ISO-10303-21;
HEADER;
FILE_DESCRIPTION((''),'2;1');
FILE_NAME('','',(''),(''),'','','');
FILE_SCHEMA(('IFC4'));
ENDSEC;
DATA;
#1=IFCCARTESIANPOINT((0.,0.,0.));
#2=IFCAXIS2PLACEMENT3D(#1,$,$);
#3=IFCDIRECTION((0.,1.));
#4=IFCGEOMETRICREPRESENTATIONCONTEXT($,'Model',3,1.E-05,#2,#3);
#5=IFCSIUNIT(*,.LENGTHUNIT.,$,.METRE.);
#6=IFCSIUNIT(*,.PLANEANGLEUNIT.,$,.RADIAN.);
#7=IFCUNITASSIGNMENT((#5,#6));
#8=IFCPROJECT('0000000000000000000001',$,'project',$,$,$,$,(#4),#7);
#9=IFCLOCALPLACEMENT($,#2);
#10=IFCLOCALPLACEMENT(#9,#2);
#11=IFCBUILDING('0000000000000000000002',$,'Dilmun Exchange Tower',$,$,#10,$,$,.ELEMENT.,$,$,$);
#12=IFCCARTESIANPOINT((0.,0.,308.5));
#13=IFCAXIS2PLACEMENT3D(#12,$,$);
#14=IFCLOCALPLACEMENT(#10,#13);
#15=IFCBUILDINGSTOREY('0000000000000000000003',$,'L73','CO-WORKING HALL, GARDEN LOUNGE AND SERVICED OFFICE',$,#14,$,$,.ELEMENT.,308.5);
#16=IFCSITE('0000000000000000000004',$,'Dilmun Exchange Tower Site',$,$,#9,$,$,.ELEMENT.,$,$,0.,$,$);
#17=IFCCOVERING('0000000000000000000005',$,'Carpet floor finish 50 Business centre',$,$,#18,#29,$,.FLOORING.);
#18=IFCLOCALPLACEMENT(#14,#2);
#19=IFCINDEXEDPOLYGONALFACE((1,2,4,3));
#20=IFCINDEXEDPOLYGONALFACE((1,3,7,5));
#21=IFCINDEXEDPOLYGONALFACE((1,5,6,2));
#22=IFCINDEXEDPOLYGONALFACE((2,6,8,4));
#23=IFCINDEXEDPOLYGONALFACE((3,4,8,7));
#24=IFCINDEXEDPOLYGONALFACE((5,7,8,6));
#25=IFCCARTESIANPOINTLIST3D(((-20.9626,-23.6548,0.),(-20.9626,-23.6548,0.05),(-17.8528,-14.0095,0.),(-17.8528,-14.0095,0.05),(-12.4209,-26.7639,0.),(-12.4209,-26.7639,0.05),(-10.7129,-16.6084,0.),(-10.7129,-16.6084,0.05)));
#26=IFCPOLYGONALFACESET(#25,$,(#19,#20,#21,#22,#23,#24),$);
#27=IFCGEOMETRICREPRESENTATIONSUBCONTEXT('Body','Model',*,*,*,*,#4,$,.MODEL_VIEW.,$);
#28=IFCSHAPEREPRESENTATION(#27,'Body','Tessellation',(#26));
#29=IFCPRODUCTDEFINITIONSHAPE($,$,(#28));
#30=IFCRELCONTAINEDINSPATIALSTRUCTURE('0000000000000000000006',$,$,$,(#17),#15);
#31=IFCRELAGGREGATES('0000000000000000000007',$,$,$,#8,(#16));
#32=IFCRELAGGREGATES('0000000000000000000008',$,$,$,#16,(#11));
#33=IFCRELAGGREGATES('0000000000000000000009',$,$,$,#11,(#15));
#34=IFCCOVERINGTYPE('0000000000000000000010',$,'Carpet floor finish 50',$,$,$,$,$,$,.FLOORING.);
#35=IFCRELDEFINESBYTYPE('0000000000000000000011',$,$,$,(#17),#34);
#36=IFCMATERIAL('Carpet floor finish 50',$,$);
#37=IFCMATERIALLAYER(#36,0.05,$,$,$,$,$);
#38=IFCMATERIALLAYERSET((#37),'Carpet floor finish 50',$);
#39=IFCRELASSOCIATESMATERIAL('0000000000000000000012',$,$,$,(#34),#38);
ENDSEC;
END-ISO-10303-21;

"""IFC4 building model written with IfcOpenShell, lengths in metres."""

from ifc_helpers import new_model, si_unit, direction, frame, origin, place, context, subcontext, project, spatial, polyline, outline, extrude, material, layer, layer_set, type_object, element, save


model = new_model("IFC4")

# Units and contexts
model_context = context("Model", 3, precision=1e-05, world=origin(), true_north=direction((0.0, 1.0)))
body_context = subcontext(model_context, "Body", "Model", "MODEL_VIEW")
ifc_project = project(units=[si_unit("LENGTHUNIT", "METRE"), si_unit("PLANEANGLEUNIT", "RADIAN")], contexts=[model_context])

# Site, building, storey
site_placement = place(None, origin())
site = spatial("IfcSite", under=ifc_project, at=site_placement, Name="Dilmun Exchange Tower Site", CompositionType="ELEMENT", RefElevation=0.0)
building_placement = place(site_placement, origin())
building = spatial("IfcBuilding", under=site, at=building_placement, Name="Dilmun Exchange Tower", CompositionType="ELEMENT")
storey_placement = place(building_placement, frame((0.0, 0.0, 308.5)))
storey = spatial("IfcBuildingStorey", under=building, at=storey_placement, Name="L73", Description="CO-WORKING HALL, GARDEN LOUNGE AND SERVICED OFFICE", CompositionType="ELEMENT", Elevation=308.5)

# Covering
ifc_material_1 = material(Name="Carpet floor finish 50")
ifc_layer_1 = layer(ifc_material_1, 0.05)
ifc_layer_set_1 = layer_set([ifc_layer_1], Name="Carpet floor finish 50")
covering_type_1 = type_object("IfcCoveringType", Name="Carpet floor finish 50", PredefinedType="FLOORING", material=ifc_layer_set_1)
covering_1_placement = place(storey_placement, origin())
element("IfcCovering", 1, at=covering_1_placement, inside=storey, type_object=covering_type_1, Name="Carpet floor finish 50 Business centre", PredefinedType="FLOORING", context=body_context, shape_type="SweptSolid", body=[
    extrude(outline(polyline([(-12.4209, -26.7639), (-20.9626, -23.6548), (-17.8528, -14.0095), (-10.7129, -16.6084), (-12.4209, -26.7639)])), origin(), (0.0, 0.0, 1.0), 0.05),
])

save(model, "model.ifc")
